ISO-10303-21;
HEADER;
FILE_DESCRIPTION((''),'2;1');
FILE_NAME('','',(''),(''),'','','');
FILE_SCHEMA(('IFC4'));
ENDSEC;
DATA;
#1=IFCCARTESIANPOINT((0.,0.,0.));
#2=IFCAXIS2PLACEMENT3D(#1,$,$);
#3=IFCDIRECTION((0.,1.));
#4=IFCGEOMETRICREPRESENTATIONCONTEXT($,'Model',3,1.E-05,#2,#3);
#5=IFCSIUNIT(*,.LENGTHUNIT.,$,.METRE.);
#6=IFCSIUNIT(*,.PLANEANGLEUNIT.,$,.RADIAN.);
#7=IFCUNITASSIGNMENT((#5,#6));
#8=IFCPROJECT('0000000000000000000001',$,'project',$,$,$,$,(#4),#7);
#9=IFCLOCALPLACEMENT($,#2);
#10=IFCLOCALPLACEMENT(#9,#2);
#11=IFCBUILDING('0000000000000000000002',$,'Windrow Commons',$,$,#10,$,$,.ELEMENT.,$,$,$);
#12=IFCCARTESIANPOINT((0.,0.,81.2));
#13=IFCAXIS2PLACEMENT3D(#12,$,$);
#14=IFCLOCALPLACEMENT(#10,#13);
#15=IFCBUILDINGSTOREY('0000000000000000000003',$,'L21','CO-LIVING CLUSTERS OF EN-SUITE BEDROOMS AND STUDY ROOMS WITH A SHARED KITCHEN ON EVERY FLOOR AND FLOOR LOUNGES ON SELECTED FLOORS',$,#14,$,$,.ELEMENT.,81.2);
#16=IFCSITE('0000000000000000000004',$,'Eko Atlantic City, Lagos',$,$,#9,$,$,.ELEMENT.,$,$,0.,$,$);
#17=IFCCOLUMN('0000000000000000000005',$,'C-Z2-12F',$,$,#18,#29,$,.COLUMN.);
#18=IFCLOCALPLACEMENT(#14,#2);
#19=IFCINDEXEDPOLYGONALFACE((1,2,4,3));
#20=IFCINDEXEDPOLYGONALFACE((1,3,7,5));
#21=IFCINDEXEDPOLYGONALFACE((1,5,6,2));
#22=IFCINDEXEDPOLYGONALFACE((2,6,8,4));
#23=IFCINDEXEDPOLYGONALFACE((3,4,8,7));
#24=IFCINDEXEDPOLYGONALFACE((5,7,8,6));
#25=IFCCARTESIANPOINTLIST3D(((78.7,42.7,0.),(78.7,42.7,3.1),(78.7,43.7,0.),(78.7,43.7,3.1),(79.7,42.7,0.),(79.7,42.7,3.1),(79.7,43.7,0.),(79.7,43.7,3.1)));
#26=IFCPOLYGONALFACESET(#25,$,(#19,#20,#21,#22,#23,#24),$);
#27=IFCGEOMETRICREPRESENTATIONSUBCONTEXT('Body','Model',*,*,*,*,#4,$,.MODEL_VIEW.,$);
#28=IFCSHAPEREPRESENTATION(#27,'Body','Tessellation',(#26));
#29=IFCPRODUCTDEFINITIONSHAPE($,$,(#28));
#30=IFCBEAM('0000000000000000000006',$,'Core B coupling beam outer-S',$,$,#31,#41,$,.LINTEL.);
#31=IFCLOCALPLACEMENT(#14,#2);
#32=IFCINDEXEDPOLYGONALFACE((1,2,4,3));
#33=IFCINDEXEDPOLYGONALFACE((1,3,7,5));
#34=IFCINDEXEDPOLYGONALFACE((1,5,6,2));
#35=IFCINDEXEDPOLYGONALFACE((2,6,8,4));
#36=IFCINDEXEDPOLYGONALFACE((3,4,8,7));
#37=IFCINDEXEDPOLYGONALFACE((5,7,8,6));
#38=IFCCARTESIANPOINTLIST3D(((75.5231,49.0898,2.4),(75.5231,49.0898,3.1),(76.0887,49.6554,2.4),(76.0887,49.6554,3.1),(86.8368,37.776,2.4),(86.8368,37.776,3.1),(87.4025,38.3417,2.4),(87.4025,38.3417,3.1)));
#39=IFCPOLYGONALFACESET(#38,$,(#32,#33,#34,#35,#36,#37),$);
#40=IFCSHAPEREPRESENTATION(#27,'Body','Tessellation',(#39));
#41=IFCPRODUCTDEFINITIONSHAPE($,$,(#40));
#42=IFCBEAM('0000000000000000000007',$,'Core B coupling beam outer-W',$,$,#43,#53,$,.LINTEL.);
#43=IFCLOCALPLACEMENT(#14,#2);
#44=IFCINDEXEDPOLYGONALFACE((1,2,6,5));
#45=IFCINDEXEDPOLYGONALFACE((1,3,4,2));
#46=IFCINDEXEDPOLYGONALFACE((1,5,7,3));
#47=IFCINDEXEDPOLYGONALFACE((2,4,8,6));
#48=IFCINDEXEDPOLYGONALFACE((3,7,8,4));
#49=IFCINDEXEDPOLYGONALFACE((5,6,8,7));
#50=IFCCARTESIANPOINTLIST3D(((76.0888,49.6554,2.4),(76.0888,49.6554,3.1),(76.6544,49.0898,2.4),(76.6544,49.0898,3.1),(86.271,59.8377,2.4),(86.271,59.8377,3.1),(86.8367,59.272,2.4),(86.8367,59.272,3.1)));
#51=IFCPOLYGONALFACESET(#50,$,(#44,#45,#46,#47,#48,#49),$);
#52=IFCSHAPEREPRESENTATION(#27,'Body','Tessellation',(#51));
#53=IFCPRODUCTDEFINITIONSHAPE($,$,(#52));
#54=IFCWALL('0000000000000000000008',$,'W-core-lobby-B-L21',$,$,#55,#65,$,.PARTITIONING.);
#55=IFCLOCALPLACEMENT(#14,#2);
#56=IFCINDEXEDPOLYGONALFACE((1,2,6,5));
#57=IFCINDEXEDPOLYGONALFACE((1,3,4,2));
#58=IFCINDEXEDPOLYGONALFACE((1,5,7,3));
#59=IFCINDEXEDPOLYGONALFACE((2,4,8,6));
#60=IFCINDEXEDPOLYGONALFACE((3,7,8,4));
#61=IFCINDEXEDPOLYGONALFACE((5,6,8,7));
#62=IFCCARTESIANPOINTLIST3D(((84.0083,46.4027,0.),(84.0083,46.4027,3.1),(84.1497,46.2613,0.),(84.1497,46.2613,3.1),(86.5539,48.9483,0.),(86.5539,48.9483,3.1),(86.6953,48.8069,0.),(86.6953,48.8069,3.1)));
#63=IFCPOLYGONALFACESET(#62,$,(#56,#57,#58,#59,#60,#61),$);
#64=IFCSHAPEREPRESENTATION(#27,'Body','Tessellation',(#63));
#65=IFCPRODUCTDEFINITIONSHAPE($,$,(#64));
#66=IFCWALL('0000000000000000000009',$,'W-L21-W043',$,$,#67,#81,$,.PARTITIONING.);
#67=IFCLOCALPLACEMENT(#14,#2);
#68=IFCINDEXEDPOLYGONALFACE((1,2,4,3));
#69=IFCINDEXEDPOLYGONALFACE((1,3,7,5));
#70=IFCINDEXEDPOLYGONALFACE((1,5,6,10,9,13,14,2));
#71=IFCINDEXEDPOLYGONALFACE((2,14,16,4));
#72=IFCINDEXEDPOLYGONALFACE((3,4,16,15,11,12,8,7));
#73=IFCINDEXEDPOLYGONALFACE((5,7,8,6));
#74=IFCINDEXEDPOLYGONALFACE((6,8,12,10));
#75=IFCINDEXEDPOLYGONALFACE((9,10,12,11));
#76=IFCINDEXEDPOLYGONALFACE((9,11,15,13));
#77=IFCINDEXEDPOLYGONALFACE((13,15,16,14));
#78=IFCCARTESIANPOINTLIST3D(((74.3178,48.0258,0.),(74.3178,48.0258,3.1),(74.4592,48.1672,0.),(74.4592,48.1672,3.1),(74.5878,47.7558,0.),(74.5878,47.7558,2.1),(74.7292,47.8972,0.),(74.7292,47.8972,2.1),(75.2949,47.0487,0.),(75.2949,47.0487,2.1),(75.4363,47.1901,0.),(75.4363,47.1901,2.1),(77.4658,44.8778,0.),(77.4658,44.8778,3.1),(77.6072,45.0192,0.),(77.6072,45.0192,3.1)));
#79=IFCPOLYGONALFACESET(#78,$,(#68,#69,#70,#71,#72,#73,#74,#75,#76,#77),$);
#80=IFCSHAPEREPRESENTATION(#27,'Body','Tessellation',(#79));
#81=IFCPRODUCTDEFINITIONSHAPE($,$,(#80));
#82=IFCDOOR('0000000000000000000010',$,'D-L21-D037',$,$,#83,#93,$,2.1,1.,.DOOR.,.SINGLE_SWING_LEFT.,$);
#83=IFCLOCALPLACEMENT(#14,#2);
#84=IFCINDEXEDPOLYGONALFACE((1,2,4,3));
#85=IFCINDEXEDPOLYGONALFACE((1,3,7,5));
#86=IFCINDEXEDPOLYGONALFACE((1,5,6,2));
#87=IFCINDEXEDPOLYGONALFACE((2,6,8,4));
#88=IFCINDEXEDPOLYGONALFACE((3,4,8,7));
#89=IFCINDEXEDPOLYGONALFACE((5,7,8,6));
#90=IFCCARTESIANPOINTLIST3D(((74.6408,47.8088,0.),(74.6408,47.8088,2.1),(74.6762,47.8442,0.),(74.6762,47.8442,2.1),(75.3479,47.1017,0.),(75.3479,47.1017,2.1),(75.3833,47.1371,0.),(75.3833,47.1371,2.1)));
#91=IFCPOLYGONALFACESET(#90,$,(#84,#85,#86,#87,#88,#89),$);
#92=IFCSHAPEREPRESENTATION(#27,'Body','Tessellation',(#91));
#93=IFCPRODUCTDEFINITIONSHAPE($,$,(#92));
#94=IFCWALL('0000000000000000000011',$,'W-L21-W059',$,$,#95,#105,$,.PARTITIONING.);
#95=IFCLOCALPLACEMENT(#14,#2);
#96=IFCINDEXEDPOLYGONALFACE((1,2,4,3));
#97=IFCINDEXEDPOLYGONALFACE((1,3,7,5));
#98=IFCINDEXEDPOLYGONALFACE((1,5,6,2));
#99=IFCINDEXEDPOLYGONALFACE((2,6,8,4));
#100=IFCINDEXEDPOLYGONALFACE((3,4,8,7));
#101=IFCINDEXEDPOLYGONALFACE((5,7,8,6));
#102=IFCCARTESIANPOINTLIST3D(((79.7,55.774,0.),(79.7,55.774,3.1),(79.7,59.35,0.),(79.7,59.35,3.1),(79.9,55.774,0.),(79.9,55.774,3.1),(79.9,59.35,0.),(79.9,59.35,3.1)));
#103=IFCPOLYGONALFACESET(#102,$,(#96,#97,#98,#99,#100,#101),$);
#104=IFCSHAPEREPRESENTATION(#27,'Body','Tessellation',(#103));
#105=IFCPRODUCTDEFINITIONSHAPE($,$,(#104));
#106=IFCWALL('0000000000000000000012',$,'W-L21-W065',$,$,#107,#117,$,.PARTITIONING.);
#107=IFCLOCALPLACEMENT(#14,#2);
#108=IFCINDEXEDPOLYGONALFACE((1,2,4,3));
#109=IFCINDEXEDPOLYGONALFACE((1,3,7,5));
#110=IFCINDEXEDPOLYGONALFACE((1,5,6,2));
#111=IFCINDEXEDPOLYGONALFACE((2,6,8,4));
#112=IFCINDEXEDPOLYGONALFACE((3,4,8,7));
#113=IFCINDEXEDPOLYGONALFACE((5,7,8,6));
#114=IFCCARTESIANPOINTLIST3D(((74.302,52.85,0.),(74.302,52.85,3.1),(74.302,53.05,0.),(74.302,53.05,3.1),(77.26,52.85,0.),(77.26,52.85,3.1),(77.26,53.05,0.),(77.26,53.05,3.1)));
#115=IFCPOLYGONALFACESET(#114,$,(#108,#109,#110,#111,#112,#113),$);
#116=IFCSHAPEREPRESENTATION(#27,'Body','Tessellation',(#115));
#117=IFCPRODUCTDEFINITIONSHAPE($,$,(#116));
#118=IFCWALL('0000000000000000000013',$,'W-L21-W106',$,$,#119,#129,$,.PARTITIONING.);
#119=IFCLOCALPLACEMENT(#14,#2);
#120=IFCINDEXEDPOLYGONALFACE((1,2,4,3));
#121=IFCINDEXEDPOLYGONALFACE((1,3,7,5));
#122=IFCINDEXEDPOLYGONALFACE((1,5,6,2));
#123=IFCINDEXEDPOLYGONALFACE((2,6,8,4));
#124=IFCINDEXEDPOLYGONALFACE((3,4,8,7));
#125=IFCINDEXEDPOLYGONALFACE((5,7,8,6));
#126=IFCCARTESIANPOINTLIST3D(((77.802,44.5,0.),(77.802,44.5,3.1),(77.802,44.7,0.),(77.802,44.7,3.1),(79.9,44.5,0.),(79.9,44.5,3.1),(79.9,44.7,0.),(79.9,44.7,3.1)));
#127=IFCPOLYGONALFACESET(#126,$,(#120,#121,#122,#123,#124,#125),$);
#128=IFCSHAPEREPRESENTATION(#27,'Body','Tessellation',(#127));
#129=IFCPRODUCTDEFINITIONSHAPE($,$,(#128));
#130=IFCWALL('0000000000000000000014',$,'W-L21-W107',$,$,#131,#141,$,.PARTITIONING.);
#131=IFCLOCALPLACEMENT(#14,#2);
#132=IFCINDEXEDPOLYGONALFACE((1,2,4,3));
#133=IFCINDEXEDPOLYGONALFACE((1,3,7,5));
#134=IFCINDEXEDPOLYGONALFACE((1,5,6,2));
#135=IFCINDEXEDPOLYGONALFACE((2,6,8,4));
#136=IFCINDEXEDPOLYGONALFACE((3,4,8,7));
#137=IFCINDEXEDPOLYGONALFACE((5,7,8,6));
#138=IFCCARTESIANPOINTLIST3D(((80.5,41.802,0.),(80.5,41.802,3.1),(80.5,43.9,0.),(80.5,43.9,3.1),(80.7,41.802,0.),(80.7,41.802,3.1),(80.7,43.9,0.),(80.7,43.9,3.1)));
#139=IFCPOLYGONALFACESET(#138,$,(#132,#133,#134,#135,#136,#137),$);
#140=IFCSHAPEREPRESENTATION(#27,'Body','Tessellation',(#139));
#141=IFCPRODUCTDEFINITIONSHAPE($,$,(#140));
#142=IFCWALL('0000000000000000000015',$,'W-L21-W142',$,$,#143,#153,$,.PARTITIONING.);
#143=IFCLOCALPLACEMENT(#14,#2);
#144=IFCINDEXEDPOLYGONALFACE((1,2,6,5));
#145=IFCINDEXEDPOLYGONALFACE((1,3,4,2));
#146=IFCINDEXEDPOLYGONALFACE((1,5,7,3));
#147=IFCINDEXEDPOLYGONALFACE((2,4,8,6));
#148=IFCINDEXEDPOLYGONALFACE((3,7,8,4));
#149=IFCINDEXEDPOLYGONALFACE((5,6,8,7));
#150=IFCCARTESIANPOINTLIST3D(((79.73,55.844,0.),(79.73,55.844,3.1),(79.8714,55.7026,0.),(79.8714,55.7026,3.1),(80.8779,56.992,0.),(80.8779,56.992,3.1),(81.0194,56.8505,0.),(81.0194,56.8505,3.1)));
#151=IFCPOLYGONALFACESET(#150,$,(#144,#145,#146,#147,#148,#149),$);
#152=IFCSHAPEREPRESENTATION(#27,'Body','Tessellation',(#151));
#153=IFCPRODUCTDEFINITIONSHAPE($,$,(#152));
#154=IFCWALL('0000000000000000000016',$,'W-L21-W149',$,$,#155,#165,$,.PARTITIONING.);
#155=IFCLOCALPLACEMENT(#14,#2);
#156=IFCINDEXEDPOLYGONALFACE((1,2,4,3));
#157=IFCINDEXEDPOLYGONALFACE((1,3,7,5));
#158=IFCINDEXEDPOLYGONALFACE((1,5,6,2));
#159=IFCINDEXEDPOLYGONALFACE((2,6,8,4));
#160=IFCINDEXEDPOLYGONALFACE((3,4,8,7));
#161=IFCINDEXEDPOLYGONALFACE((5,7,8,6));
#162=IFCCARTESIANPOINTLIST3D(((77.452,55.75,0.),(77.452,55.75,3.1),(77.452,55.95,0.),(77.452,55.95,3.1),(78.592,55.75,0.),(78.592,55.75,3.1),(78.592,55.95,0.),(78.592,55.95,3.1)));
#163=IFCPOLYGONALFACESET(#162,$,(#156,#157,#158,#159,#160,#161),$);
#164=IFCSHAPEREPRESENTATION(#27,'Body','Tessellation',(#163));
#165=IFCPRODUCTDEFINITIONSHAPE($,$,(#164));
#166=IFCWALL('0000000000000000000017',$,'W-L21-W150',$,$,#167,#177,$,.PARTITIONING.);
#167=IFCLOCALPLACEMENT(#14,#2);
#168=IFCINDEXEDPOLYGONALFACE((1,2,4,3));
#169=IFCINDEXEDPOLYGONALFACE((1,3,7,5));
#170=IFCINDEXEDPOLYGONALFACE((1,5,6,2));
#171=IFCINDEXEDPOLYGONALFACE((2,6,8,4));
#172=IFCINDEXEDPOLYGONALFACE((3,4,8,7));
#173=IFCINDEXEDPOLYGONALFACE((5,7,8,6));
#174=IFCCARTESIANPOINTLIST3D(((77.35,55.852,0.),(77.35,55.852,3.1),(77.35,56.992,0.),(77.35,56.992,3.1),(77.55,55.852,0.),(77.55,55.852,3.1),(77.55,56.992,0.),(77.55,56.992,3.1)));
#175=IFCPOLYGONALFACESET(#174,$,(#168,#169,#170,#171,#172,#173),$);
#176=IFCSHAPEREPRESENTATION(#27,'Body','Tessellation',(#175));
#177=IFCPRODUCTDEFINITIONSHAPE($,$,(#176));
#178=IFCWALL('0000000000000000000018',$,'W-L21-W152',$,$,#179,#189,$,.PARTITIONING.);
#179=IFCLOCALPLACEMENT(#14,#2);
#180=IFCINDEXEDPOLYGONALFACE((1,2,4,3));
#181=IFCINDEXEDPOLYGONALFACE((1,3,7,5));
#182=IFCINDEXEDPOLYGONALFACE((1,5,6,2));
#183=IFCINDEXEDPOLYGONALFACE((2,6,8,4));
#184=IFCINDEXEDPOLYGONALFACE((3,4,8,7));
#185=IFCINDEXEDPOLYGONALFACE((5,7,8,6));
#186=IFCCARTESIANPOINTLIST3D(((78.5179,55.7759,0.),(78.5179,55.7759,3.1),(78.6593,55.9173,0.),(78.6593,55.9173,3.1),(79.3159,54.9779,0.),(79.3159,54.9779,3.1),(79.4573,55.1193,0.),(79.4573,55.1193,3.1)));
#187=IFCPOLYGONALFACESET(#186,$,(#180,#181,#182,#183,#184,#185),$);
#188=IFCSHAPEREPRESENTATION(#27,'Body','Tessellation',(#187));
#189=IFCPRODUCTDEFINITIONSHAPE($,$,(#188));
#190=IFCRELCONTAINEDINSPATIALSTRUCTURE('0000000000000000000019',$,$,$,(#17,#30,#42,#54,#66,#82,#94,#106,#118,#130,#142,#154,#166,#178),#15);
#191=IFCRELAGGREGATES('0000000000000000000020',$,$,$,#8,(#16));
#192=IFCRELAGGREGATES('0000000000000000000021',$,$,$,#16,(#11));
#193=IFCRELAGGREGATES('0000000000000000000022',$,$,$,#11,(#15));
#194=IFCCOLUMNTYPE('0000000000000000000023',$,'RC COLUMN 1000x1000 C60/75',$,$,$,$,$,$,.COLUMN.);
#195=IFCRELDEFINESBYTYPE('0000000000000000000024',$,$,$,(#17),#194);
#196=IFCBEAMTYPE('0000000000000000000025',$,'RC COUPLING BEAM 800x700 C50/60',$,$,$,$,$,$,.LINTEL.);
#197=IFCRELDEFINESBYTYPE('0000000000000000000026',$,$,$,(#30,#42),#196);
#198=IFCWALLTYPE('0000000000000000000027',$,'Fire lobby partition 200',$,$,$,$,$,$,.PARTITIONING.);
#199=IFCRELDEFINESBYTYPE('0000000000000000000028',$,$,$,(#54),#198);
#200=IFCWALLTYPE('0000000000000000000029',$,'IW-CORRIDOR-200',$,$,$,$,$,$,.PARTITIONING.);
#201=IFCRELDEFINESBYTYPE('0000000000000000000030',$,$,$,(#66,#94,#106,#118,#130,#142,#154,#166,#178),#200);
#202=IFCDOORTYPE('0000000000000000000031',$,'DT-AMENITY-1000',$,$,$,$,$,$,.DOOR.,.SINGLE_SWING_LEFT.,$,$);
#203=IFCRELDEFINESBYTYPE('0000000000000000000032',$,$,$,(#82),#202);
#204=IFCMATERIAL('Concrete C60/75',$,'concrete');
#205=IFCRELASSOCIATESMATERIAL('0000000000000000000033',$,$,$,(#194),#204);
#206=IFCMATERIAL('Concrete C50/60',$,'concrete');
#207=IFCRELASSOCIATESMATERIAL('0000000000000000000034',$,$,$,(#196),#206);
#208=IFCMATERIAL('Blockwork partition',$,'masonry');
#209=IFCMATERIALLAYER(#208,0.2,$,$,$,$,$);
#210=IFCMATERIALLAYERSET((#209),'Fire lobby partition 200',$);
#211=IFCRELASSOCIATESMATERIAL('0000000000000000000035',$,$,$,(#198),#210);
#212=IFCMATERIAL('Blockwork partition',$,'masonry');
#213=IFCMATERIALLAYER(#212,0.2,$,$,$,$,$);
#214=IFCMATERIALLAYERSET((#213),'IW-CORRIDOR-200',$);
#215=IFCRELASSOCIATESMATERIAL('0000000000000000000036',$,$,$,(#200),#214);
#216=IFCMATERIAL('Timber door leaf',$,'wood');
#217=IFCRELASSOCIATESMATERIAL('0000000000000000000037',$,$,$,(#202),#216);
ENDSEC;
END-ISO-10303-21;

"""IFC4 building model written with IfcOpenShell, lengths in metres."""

from ifc_helpers import new_model, si_unit, direction, frame, frame_2d, origin, origin_2d, place, context, subcontext, project, spatial, rectangle, extrude, material, layer, layer_set, material_profile, profile_set, type_object, element, fill, save


model = new_model("IFC4")

# Units and contexts
model_context = context("Model", 3, precision=1e-05, world=origin(), true_north=direction((0.0, 1.0)))
body_context = subcontext(model_context, "Body", "Model", "MODEL_VIEW")
ifc_project = project(units=[si_unit("LENGTHUNIT", "METRE"), si_unit("PLANEANGLEUNIT", "RADIAN")], contexts=[model_context])

# Site, building, storey
site_placement = place(None, origin())
site = spatial("IfcSite", under=ifc_project, at=site_placement, Name="Eko Atlantic City, Lagos", CompositionType="ELEMENT", RefElevation=0.0)
building_placement = place(site_placement, origin())
building = spatial("IfcBuilding", under=site, at=building_placement, Name="Windrow Commons", CompositionType="ELEMENT")
storey_placement = place(building_placement, frame((0.0, 0.0, 81.2)))
storey = spatial("IfcBuildingStorey", under=building, at=storey_placement, Name="L21", Description="CO-LIVING CLUSTERS OF EN-SUITE BEDROOMS AND STUDY ROOMS WITH A SHARED KITCHEN ON EVERY FLOOR AND FLOOR LOUNGES ON SELECTED FLOORS", CompositionType="ELEMENT", Elevation=81.2)

# Column
ifc_material_1 = material(Name="Concrete C60/75", Category="concrete")
ifc_material_profile_1 = material_profile(ifc_material_1, rectangle(XDim=1.0, YDim=1.0, at=origin_2d()))
ifc_profile_set_1 = profile_set([ifc_material_profile_1], Name="Concrete C60/75")
column_type = type_object("IfcColumnType", Name="RC COLUMN 1000x1000 C60/75", PredefinedType="COLUMN", material=ifc_profile_set_1)
column_placement = place(storey_placement, frame((79.2, 43.2, 0.0), z_axis=(0.0, 0.0, 1.0), x_axis=(1.0, 0.0, 0.0)))
element("IfcColumn", 1, at=column_placement, inside=storey, type_object=column_type, Name="C-Z2-12F", PredefinedType="COLUMN", context=body_context, shape_type="SweptSolid", body=[
    extrude(rectangle(XDim=1.0, YDim=1.0, at=origin_2d()), origin(), (0.0, 0.0, 1.0), 3.1),
])

# Beams
ifc_material_2 = material(Name="Concrete C50/60", Category="concrete")
ifc_material_profile_2 = material_profile(ifc_material_2, rectangle(XDim=0.8, YDim=0.7, at=origin_2d()))
ifc_profile_set_2 = profile_set([ifc_material_profile_2], Name="Concrete C50/60")
beam_type = type_object("IfcBeamType", Name="RC COUPLING BEAM 800x700 C50/60", PredefinedType="LINTEL", material=ifc_profile_set_2)
beam_1_placement = place(storey_placement, frame((75.8059, 49.3726, 2.75), z_axis=(0.707107, -0.707107, 0.0), x_axis=(0.707107, 0.707107, 0.0)))
element("IfcBeam", 2, at=beam_1_placement, inside=storey, type_object=beam_type, Name="Core B coupling beam outer-S", PredefinedType="LINTEL", context=body_context, shape_type="SweptSolid", body=[
    extrude(rectangle(XDim=0.8, YDim=0.7, at=origin_2d()), origin(), (0.0, 0.0, 1.0), 16.0),
])
beam_2_placement = place(storey_placement, frame((76.3716, 49.3726, 2.75), z_axis=(0.707107, 0.707107, 0.0), x_axis=(-0.707107, 0.707107, 0.0)))
element("IfcBeam", 3, at=beam_2_placement, inside=storey, type_object=beam_type, Name="Core B coupling beam outer-W", PredefinedType="LINTEL", context=body_context, shape_type="SweptSolid", body=[
    extrude(rectangle(XDim=0.8, YDim=0.7, at=origin_2d()), origin(), (0.0, 0.0, 1.0), 14.3999),
])

# Wall
ifc_material_3 = material(Name="Blockwork partition", Category="masonry")
ifc_layer_1 = layer(ifc_material_3, 0.2)
ifc_layer_set_1 = layer_set([ifc_layer_1], Name="Fire lobby partition 200")
wall_type_1 = type_object("IfcWallType", Name="Fire lobby partition 200", PredefinedType="PARTITIONING", material=ifc_layer_set_1)
wall_1_placement = place(storey_placement, frame((84.079, 46.332, 0.0), z_axis=(0.0, 0.0, 1.0), x_axis=(0.707107, 0.707107, 0.0)))
element("IfcWall", 4, at=wall_1_placement, inside=storey, type_object=wall_type_1, Name="W-core-lobby-B-L21", PredefinedType="PARTITIONING", context=body_context, shape_type="SweptSolid", body=[
    extrude(rectangle(XDim=3.6, YDim=0.2, at=frame_2d((1.8, 0.0))), origin(), (0.0, 0.0, 1.0), 3.1),
])

# Wall, opening, door
ifc_material_4 = material(Name="Blockwork partition", Category="masonry")
ifc_layer_2 = layer(ifc_material_4, 0.2)
ifc_layer_set_2 = layer_set([ifc_layer_2], Name="IW-CORRIDOR-200")
wall_type_2 = type_object("IfcWallType", Name="IW-CORRIDOR-200", PredefinedType="PARTITIONING", material=ifc_layer_set_2)
wall_2_placement = place(storey_placement, frame((74.3885, 48.0965, 0.0), z_axis=(0.0, 0.0, 1.0), x_axis=(0.707107, -0.707107, 0.0)))
wall_2 = element("IfcWall", 5, at=wall_2_placement, inside=storey, type_object=wall_type_2, Name="W-L21-W043", PredefinedType="PARTITIONING", context=body_context, shape_type="SweptSolid", body=[
    extrude(rectangle(XDim=4.4519, YDim=0.2, at=frame_2d((2.226, 0.0))), origin(), (0.0, 0.0, 1.0), 3.1),
])
opening_1_placement = place(wall_2_placement, frame((0.3818, 0.0, 0.0)))
opening_1 = element("IfcOpeningElement", 6, at=opening_1_placement, cuts=wall_2, PredefinedType="OPENING", context=body_context, shape_type="SweptSolid", body=[
    extrude(rectangle(XDim=1.0, YDim=2.1, at=frame_2d((0.5, 1.05))), frame((0.0, 0.11, 0.0), z_axis=(0.0, -1.0, 0.0), x_axis=(1.0, 0.0, 0.0)), (0.0, 0.0, 1.0), 0.22),
])
ifc_material_5 = material(Name="Timber door leaf", Category="wood")
door_type_1 = type_object("IfcDoorType", Name="DT-AMENITY-1000", OperationType="SINGLE_SWING_LEFT", PredefinedType="DOOR", material=ifc_material_5)
door_1_placement = place(opening_1_placement, origin())
door_1 = element("IfcDoor", 7, at=door_1_placement, inside=storey, type_object=door_type_1, Name="D-L21-D037", OperationType="SINGLE_SWING_LEFT", OverallHeight=2.1, OverallWidth=1.0, PredefinedType="DOOR", context=body_context, shape_type="SweptSolid", body=[
    extrude(rectangle(XDim=1.0, YDim=2.1, at=frame_2d((0.5, 1.05))), frame((0.0, 0.025, 0.0), z_axis=(0.0, -1.0, 0.0), x_axis=(1.0, 0.0, 0.0)), (0.0, 0.0, 1.0), 0.05),
])
fill(opening_1, door_1)

# Walls
wall_3_placement = place(storey_placement, frame((79.8, 55.774, 0.0), z_axis=(0.0, 0.0, 1.0), x_axis=(0.0, 1.0, 0.0)))
element("IfcWall", 8, at=wall_3_placement, inside=storey, type_object=wall_type_2, Name="W-L21-W059", PredefinedType="PARTITIONING", context=body_context, shape_type="SweptSolid", body=[
    extrude(rectangle(XDim=3.576, YDim=0.2, at=frame_2d((1.788, 0.0))), origin(), (0.0, 0.0, 1.0), 3.1),
])
wall_4_placement = place(storey_placement, frame((74.302, 52.95, 0.0), z_axis=(0.0, 0.0, 1.0), x_axis=(1.0, 0.0, 0.0)))
element("IfcWall", 9, at=wall_4_placement, inside=storey, type_object=wall_type_2, Name="W-L21-W065", PredefinedType="PARTITIONING", context=body_context, shape_type="SweptSolid", body=[
    extrude(rectangle(XDim=2.958, YDim=0.2, at=frame_2d((1.479, 0.0))), origin(), (0.0, 0.0, 1.0), 3.1),
])
for number, where, z_axis, x_axis, name in (
    (10, (77.802, 44.6, 0.0), (0.0, 0.0, 1.0), (1.0, 0.0, 0.0), "W-L21-W106"),
    (11, (80.6, 41.802, 0.0), (0.0, 0.0, 1.0), (0.0, 1.0, 0.0), "W-L21-W107"),
):
    element("IfcWall", number, at=place(storey_placement, frame(where, z_axis=z_axis, x_axis=x_axis)), inside=storey, type_object=wall_type_2, Name=name, PredefinedType="PARTITIONING", context=body_context, shape_type="SweptSolid", body=[
        extrude(rectangle(XDim=2.098, YDim=0.2, at=frame_2d((1.049, 0.0))), origin(), (0.0, 0.0, 1.0), 3.1),
    ])
wall_5_placement = place(storey_placement, frame((79.8007, 55.7733, 0.0), z_axis=(0.0, 0.0, 1.0), x_axis=(0.707107, 0.707107, 0.0)))
element("IfcWall", 12, at=wall_5_placement, inside=storey, type_object=wall_type_2, Name="W-L21-W142", PredefinedType="PARTITIONING", context=body_context, shape_type="SweptSolid", body=[
    extrude(rectangle(XDim=1.6235, YDim=0.2, at=frame_2d((0.8117, 0.0))), origin(), (0.0, 0.0, 1.0), 3.1),
])
for number, where, z_axis, x_axis, name in (
    (13, (77.452, 55.85, 0.0), (0.0, 0.0, 1.0), (1.0, 0.0, 0.0), "W-L21-W149"),
    (14, (77.45, 55.852, 0.0), (0.0, 0.0, 1.0), (0.0, 1.0, 0.0), "W-L21-W150"),
):
    element("IfcWall", number, at=place(storey_placement, frame(where, z_axis=z_axis, x_axis=x_axis)), inside=storey, type_object=wall_type_2, Name=name, PredefinedType="PARTITIONING", context=body_context, shape_type="SweptSolid", body=[
        extrude(rectangle(XDim=1.14, YDim=0.2, at=frame_2d((0.57, 0.0))), origin(), (0.0, 0.0, 1.0), 3.1),
    ])
wall_6_placement = place(storey_placement, frame((78.5886, 55.8466, 0.0), z_axis=(0.0, 0.0, 1.0), x_axis=(0.707107, -0.707107, 0.0)))
element("IfcWall", 15, at=wall_6_placement, inside=storey, type_object=wall_type_2, Name="W-L21-W152", PredefinedType="PARTITIONING", context=body_context, shape_type="SweptSolid", body=[
    extrude(rectangle(XDim=1.1285, YDim=0.2, at=frame_2d((0.5643, 0.0))), origin(), (0.0, 0.0, 1.0), 3.1),
])

save(model, "model.ifc")
